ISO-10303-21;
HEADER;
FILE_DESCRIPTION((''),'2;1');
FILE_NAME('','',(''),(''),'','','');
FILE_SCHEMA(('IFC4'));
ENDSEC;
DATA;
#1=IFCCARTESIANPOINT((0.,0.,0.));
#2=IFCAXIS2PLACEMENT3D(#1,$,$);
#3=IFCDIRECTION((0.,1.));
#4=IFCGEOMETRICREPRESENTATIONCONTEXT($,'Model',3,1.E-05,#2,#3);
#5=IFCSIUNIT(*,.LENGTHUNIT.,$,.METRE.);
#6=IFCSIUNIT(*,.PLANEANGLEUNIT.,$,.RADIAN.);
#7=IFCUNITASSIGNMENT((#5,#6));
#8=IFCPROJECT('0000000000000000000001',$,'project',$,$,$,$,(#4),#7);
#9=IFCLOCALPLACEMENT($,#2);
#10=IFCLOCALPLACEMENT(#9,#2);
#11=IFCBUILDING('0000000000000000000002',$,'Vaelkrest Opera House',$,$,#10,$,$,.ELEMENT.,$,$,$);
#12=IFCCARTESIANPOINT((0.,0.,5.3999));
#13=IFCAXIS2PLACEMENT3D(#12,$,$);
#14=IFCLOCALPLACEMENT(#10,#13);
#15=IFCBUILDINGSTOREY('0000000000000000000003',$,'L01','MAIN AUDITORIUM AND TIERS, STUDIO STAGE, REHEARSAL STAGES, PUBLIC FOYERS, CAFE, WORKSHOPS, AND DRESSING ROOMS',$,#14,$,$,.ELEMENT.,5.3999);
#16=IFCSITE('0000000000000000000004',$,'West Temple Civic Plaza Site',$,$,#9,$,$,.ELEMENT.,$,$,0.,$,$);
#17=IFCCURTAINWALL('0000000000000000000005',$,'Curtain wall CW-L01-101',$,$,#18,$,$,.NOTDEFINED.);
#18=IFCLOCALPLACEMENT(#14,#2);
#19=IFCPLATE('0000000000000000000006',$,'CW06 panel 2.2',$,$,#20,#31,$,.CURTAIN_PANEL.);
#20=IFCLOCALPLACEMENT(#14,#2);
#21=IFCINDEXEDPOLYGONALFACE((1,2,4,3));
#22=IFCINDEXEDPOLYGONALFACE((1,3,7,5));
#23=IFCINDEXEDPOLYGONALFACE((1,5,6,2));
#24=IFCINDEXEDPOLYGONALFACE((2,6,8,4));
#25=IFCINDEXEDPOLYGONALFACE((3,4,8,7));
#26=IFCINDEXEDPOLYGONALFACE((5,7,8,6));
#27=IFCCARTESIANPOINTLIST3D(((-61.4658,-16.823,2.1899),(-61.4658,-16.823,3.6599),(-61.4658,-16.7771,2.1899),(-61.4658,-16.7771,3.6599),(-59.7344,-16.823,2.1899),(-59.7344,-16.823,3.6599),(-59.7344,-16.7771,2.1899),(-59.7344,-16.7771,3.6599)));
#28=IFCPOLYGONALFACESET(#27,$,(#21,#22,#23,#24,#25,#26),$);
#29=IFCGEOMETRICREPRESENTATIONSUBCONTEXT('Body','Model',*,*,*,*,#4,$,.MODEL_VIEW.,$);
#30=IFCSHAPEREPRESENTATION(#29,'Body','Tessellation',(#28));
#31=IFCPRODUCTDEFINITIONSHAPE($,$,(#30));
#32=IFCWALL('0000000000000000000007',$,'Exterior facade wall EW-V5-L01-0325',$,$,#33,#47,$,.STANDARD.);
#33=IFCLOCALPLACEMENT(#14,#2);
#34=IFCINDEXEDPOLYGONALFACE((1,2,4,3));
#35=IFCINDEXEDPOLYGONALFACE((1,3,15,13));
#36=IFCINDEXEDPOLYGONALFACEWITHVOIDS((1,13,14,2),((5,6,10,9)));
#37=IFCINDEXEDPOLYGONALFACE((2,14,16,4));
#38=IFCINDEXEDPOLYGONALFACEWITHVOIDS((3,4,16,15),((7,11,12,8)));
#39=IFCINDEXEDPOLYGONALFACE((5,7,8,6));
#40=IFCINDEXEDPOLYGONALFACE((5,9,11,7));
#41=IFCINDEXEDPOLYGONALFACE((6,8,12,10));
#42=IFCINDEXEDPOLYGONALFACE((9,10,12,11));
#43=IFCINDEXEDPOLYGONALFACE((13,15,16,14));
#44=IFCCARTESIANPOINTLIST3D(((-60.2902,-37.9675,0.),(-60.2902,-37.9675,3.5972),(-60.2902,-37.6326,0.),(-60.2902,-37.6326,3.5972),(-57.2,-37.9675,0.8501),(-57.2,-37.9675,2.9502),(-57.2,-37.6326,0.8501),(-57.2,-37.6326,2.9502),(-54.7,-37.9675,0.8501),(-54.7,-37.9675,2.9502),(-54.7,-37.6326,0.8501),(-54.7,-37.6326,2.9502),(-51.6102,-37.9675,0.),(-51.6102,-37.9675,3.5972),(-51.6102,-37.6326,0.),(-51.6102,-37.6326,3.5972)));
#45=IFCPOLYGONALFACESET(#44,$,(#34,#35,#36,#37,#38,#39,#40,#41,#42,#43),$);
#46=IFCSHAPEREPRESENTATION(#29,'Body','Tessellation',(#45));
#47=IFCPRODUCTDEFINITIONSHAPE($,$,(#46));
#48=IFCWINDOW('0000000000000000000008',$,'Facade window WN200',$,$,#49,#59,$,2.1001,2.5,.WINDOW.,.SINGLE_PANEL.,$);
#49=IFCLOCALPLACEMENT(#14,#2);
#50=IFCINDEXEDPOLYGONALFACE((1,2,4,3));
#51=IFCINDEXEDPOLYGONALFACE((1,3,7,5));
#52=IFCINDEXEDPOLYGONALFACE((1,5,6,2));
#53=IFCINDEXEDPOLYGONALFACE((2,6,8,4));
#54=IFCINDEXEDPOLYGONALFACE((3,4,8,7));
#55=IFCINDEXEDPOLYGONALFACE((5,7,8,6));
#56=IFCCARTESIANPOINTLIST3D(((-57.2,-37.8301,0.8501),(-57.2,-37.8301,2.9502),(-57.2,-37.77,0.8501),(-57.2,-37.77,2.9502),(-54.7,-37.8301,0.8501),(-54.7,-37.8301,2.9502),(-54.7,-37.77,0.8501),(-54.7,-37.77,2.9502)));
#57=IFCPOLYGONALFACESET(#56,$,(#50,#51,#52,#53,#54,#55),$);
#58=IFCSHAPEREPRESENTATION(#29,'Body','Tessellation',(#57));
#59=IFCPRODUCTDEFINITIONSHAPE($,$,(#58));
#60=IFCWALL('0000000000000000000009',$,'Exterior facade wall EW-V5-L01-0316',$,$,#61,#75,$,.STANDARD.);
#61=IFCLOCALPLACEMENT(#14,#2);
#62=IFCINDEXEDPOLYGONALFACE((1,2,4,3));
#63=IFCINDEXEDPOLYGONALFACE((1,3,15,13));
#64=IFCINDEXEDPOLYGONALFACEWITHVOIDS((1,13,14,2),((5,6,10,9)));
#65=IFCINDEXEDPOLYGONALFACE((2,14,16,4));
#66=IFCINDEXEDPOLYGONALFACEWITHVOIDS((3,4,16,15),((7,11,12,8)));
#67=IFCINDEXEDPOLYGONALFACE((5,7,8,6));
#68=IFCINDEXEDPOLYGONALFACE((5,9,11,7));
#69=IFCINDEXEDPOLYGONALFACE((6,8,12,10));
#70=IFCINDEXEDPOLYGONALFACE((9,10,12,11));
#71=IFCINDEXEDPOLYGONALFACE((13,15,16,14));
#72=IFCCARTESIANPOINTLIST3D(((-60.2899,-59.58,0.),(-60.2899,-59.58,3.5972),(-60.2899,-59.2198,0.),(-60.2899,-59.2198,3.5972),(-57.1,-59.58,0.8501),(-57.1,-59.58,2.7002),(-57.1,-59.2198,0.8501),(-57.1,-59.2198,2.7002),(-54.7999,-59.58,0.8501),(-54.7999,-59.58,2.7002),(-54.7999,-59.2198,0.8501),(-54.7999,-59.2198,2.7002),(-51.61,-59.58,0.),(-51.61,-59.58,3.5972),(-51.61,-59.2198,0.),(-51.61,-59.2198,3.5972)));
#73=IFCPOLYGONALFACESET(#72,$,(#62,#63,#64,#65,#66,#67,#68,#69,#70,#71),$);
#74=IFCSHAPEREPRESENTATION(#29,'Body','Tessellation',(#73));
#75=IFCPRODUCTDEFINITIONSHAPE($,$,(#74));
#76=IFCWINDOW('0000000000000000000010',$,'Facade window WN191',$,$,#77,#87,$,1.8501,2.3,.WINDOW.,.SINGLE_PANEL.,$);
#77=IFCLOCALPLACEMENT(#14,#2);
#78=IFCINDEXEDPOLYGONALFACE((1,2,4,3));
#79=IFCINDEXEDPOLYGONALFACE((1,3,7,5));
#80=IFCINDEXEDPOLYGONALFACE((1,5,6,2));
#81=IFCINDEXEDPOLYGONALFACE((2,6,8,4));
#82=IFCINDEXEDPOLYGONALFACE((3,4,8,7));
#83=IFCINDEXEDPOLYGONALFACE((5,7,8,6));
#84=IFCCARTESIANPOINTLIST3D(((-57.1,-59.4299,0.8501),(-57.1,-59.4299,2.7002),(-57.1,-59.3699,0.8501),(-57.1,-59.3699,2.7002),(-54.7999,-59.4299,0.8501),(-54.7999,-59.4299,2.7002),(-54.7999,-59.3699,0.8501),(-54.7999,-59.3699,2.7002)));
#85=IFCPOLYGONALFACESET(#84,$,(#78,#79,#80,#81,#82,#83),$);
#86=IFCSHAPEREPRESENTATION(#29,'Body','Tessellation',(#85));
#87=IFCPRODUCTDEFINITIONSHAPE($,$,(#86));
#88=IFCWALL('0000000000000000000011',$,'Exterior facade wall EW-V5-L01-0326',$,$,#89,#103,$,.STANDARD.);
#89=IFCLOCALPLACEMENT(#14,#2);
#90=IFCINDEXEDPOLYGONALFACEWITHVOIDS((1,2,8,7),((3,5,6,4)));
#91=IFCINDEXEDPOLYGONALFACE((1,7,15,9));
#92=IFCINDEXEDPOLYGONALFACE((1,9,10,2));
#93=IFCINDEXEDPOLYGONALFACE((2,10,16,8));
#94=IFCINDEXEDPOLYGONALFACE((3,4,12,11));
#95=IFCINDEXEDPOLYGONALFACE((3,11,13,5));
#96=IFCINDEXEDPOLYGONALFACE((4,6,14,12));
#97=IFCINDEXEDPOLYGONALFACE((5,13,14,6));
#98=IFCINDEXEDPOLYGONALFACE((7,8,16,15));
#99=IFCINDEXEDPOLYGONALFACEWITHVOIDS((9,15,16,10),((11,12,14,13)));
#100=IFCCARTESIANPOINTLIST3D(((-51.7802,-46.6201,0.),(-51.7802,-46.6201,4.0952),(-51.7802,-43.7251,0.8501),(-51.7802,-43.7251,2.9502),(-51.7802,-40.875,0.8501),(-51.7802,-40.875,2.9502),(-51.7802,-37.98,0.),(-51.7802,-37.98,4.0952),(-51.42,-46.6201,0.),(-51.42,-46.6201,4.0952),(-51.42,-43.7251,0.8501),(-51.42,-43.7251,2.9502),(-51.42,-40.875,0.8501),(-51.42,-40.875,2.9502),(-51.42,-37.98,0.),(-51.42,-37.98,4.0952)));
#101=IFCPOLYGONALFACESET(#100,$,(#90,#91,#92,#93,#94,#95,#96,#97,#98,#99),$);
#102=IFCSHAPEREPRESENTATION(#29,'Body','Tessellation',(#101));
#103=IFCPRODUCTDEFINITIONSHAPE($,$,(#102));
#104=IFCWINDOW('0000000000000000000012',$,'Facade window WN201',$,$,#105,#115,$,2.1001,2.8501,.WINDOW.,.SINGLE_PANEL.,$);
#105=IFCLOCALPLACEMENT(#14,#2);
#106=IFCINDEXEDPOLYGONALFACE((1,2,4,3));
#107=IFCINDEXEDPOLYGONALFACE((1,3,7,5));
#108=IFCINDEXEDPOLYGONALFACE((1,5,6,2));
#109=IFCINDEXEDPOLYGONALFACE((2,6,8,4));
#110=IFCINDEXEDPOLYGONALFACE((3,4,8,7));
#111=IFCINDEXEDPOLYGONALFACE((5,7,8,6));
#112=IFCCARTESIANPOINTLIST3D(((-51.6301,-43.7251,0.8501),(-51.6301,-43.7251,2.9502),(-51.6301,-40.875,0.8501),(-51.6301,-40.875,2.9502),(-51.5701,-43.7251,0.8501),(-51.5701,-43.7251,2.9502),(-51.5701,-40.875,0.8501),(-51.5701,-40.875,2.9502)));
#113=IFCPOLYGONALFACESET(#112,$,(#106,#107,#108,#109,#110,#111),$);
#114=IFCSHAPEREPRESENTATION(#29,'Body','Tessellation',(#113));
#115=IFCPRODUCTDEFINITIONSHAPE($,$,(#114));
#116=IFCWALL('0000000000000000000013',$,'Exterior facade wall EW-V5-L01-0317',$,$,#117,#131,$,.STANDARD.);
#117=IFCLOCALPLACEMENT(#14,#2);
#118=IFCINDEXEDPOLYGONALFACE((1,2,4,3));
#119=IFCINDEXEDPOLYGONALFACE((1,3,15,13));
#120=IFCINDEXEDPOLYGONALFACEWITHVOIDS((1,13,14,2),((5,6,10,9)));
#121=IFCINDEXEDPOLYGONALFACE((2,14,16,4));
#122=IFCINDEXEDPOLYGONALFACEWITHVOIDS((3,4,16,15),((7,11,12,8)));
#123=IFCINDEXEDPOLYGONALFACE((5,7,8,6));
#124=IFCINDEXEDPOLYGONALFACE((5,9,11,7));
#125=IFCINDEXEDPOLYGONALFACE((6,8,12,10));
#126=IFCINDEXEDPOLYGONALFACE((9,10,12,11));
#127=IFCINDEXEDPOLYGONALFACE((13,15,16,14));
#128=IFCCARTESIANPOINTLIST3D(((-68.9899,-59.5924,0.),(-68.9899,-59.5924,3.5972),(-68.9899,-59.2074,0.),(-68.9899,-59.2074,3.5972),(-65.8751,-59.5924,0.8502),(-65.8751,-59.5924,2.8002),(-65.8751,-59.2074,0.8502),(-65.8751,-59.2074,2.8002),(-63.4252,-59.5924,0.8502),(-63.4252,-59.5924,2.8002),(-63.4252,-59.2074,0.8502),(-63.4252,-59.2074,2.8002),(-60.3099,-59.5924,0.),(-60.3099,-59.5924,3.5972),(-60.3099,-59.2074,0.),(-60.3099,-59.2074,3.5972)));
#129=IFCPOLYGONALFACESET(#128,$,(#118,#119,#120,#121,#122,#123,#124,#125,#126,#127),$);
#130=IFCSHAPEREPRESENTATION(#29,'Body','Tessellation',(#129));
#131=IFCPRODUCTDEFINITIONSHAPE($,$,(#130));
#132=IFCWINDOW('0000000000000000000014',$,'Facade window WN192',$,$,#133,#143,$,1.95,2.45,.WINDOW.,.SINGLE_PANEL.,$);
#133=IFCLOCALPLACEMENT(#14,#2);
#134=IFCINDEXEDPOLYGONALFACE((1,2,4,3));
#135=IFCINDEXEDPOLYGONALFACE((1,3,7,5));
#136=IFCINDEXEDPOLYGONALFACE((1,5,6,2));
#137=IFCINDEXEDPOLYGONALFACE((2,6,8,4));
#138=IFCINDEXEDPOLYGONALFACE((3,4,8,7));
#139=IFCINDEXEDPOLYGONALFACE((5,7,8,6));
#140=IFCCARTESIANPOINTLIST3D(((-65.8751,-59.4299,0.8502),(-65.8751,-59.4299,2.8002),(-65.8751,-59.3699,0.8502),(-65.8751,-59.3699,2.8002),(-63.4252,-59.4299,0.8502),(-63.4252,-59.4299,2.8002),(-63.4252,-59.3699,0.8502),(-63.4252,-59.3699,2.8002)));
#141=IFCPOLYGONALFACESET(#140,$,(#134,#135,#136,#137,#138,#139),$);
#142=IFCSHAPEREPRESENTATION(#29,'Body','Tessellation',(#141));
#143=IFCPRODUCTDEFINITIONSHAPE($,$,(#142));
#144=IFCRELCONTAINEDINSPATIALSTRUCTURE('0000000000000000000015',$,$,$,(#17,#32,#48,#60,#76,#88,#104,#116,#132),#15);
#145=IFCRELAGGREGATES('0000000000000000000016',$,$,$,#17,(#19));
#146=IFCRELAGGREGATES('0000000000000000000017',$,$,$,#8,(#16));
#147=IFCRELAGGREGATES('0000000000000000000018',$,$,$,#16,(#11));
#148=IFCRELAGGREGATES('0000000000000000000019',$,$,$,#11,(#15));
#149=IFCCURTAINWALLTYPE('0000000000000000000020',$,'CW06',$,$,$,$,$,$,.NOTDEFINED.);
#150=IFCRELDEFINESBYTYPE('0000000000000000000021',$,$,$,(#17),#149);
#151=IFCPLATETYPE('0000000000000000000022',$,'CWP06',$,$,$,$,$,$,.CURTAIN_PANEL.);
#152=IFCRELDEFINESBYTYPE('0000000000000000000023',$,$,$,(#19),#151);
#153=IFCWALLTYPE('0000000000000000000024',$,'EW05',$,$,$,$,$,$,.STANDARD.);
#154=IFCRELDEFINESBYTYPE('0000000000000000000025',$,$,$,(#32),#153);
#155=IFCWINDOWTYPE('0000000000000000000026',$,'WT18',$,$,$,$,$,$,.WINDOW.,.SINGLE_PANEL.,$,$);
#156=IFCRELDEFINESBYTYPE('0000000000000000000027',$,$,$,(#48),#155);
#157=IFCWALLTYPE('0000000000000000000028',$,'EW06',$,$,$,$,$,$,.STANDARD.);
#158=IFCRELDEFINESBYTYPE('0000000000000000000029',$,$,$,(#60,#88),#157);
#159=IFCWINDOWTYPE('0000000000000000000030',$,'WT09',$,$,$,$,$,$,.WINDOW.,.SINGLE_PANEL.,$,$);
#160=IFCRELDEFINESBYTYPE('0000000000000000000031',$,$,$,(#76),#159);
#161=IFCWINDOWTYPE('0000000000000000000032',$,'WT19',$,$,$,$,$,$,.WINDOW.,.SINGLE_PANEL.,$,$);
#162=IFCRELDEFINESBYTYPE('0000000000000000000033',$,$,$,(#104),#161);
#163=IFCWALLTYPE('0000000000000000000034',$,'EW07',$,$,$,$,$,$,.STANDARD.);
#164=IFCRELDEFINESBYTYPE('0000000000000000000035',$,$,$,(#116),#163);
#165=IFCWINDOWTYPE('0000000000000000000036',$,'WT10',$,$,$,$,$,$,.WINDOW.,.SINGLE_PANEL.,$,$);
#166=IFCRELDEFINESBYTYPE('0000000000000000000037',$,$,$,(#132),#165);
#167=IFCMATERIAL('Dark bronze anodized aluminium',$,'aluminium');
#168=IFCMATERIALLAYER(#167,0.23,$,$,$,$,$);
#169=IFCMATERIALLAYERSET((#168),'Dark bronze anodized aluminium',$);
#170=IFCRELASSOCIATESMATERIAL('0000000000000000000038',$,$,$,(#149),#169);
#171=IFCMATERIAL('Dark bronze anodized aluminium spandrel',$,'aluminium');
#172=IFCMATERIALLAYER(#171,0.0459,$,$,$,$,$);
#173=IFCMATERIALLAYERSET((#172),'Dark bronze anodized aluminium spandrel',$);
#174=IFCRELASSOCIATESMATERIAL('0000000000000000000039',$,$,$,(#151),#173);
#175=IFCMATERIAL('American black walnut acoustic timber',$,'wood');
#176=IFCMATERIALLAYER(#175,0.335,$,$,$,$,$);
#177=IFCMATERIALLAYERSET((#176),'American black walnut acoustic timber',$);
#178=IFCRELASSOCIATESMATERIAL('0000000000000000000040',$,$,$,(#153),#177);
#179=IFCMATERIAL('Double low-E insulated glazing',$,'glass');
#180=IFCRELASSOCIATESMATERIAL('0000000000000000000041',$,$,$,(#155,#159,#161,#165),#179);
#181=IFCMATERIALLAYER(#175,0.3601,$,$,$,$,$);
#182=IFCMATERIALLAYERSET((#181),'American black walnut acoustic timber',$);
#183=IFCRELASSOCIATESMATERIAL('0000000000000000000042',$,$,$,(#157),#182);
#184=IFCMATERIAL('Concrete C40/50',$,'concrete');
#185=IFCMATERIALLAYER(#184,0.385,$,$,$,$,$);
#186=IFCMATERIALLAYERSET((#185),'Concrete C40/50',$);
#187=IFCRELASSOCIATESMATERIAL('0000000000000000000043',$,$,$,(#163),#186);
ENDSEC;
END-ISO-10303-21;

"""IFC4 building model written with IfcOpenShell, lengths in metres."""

from ifc_helpers import new_model, si_unit, direction, frame, frame_2d, origin, origin_2d, place, context, subcontext, project, spatial, rectangle, extrude, material, layer, layer_set, type_object, element, fill, aggregate, save


model = new_model("IFC4")

# Units and contexts
model_context = context("Model", 3, precision=1e-05, world=origin(), true_north=direction((0.0, 1.0)))
body_context = subcontext(model_context, "Body", "Model", "MODEL_VIEW")
ifc_project = project(units=[si_unit("LENGTHUNIT", "METRE"), si_unit("PLANEANGLEUNIT", "RADIAN")], contexts=[model_context])

# Site, building, storey
site_placement = place(None, origin())
site = spatial("IfcSite", under=ifc_project, at=site_placement, Name="West Temple Civic Plaza Site", CompositionType="ELEMENT", RefElevation=0.0)
building_placement = place(site_placement, origin())
building = spatial("IfcBuilding", under=site, at=building_placement, Name="Vaelkrest Opera House", CompositionType="ELEMENT")
storey_placement = place(building_placement, frame((0.0, 0.0, 5.3999)))
storey = spatial("IfcBuildingStorey", under=building, at=storey_placement, Name="L01", Description="MAIN AUDITORIUM AND TIERS, STUDIO STAGE, REHEARSAL STAGES, PUBLIC FOYERS, CAFE, WORKSHOPS, AND DRESSING ROOMS", CompositionType="ELEMENT", Elevation=5.3999)

# Curtain wall
ifc_material_1 = material(Name="Dark bronze anodized aluminium", Category="aluminium")
ifc_layer_1 = layer(ifc_material_1, 0.23)
ifc_layer_set_1 = layer_set([ifc_layer_1], Name="Dark bronze anodized aluminium")
curtain_wall_type = type_object("IfcCurtainWallType", Name="CW06", PredefinedType="NOTDEFINED", material=ifc_layer_set_1)
curtain_wall_placement = place(storey_placement, origin())
curtain_wall = element("IfcCurtainWall", 1, at=curtain_wall_placement, inside=storey, type_object=curtain_wall_type, Name="Curtain wall CW-L01-101", PredefinedType="NOTDEFINED")

# Plate
ifc_material_2 = material(Name="Dark bronze anodized aluminium spandrel", Category="aluminium")
ifc_layer_2 = layer(ifc_material_2, 0.0459)
ifc_layer_set_2 = layer_set([ifc_layer_2], Name="Dark bronze anodized aluminium spandrel")
plate_type = type_object("IfcPlateType", Name="CWP06", PredefinedType="CURTAIN_PANEL", material=ifc_layer_set_2)
plate_1_placement = place(storey_placement, frame((-60.6001, -16.8, 2.1899), z_axis=(0.0, 0.0, 1.0), x_axis=(-1.0, 0.0, 0.0)))
plate_1 = element("IfcPlate", 2, at=plate_1_placement, type_object=plate_type, Name="CW06 panel 2.2", PredefinedType="CURTAIN_PANEL", context=body_context, shape_type="SweptSolid", body=[
    extrude(rectangle(XDim=1.7314, YDim=0.0459, at=origin_2d()), origin(), (0.0, 0.0, 1.0), 1.47),
])
aggregate(curtain_wall, [plate_1])

# Walls, openings, windows
ifc_material_3 = material(Name="American black walnut acoustic timber", Category="wood")
ifc_layer_3 = layer(ifc_material_3, 0.335)
ifc_layer_set_3 = layer_set([ifc_layer_3], Name="American black walnut acoustic timber")
wall_type_1 = type_object("IfcWallType", Name="EW05", PredefinedType="STANDARD", material=ifc_layer_set_3)
wall_1_placement = place(storey_placement, frame((-60.29, -37.8, 0.0), z_axis=(0.0, 0.0, 1.0), x_axis=(1.0, 0.0, 0.0)))
wall_1 = element("IfcWall", 3, at=wall_1_placement, inside=storey, type_object=wall_type_1, Name="Exterior facade wall EW-V5-L01-0325", PredefinedType="STANDARD", context=body_context, shape_type="SweptSolid", body=[
    extrude(rectangle(XDim=8.6799, YDim=0.335, at=frame_2d((4.3398, 0.0))), origin(), (0.0, 0.0, 1.0), 3.5972),
])
opening_1_placement = place(wall_1_placement, frame((3.0901, 0.0, 0.8501)))
opening_1 = element("IfcOpeningElement", 4, at=opening_1_placement, cuts=wall_1, PredefinedType="OPENING", context=body_context, shape_type="SweptSolid", body=[
    extrude(rectangle(XDim=2.5, YDim=2.1001, at=frame_2d((1.25, 1.05))), frame((0.0, 0.1775, 0.0), z_axis=(0.0, -1.0, 0.0), x_axis=(1.0, 0.0, 0.0)), (0.0, 0.0, 1.0), 0.355),
])
ifc_material_4 = material(Name="Double low-E insulated glazing", Category="glass")
window_type_1 = type_object("IfcWindowType", Name="WT18", PartitioningType="SINGLE_PANEL", PredefinedType="WINDOW", material=ifc_material_4)
window_1_placement = place(opening_1_placement, origin())
window_1 = element("IfcWindow", 5, at=window_1_placement, inside=storey, type_object=window_type_1, Name="Facade window WN200", OverallHeight=2.1001, OverallWidth=2.5, PartitioningType="SINGLE_PANEL", PredefinedType="WINDOW", context=body_context, shape_type="SweptSolid", body=[
    extrude(rectangle(XDim=2.5, YDim=2.1001, at=frame_2d((1.25, 1.05))), frame((0.0, 0.03, 0.0), z_axis=(0.0, -1.0, 0.0), x_axis=(1.0, 0.0, 0.0)), (0.0, 0.0, 1.0), 0.0601),
])
fill(opening_1, window_1)
ifc_layer_4 = layer(ifc_material_3, 0.3601)
ifc_layer_set_4 = layer_set([ifc_layer_4], Name="American black walnut acoustic timber")
wall_type_2 = type_object("IfcWallType", Name="EW06", PredefinedType="STANDARD", material=ifc_layer_set_4)
wall_2_placement = place(storey_placement, frame((-51.6101, -59.3999, 0.0), z_axis=(0.0, 0.0, 1.0), x_axis=(-1.0, 0.0, 0.0)))
wall_2 = element("IfcWall", 6, at=wall_2_placement, inside=storey, type_object=wall_type_2, Name="Exterior facade wall EW-V5-L01-0316", PredefinedType="STANDARD", context=body_context, shape_type="SweptSolid", body=[
    extrude(rectangle(XDim=8.6799, YDim=0.3601, at=frame_2d((4.3398, 0.0))), origin(), (0.0, 0.0, 1.0), 3.5972),
])
opening_2_placement = place(wall_2_placement, frame((3.1899, 0.0, 0.8501)))
opening_2 = element("IfcOpeningElement", 7, at=opening_2_placement, cuts=wall_2, PredefinedType="OPENING", context=body_context, shape_type="SweptSolid", body=[
    extrude(rectangle(XDim=2.3, YDim=1.8501, at=frame_2d((1.1499, 0.925))), frame((0.0, 0.1899, 0.0), z_axis=(0.0, -1.0, 0.0), x_axis=(1.0, 0.0, 0.0)), (0.0, 0.0, 1.0), 0.3801),
])
window_type_2 = type_object("IfcWindowType", Name="WT09", PartitioningType="SINGLE_PANEL", PredefinedType="WINDOW", material=ifc_material_4)
window_2_placement = place(opening_2_placement, origin())
window_2 = element("IfcWindow", 8, at=window_2_placement, inside=storey, type_object=window_type_2, Name="Facade window WN191", OverallHeight=1.8501, OverallWidth=2.3, PartitioningType="SINGLE_PANEL", PredefinedType="WINDOW", context=body_context, shape_type="SweptSolid", body=[
    extrude(rectangle(XDim=2.3, YDim=1.8501, at=frame_2d((1.1499, 0.925))), frame((0.0, 0.03, 0.0), z_axis=(0.0, -1.0, 0.0), x_axis=(1.0, 0.0, 0.0)), (0.0, 0.0, 1.0), 0.0601),
])
fill(opening_2, window_2)
wall_3_placement = place(storey_placement, frame((-51.6001, -37.98, 0.0), z_axis=(0.0, 0.0, 1.0), x_axis=(0.0, -1.0, 0.0)))
wall_3 = element("IfcWall", 9, at=wall_3_placement, inside=storey, type_object=wall_type_2, Name="Exterior facade wall EW-V5-L01-0326", PredefinedType="STANDARD", context=body_context, shape_type="SweptSolid", body=[
    extrude(rectangle(XDim=8.6401, YDim=0.3601, at=frame_2d((4.3201, 0.0))), origin(), (0.0, 0.0, 1.0), 4.0952),
])
opening_3_placement = place(wall_3_placement, frame((2.895, 0.0, 0.8501)))
opening_3 = element("IfcOpeningElement", 10, at=opening_3_placement, cuts=wall_3, PredefinedType="OPENING", context=body_context, shape_type="SweptSolid", body=[
    extrude(rectangle(XDim=2.8501, YDim=2.1001, at=frame_2d((1.425, 1.05))), frame((0.0, 0.1899, 0.0), z_axis=(0.0, -1.0, 0.0), x_axis=(1.0, 0.0, 0.0)), (0.0, 0.0, 1.0), 0.3801),
])
window_type_3 = type_object("IfcWindowType", Name="WT19", PartitioningType="SINGLE_PANEL", PredefinedType="WINDOW", material=ifc_material_4)
window_3_placement = place(opening_3_placement, origin())
window_3 = element("IfcWindow", 11, at=window_3_placement, inside=storey, type_object=window_type_3, Name="Facade window WN201", OverallHeight=2.1001, OverallWidth=2.8501, PartitioningType="SINGLE_PANEL", PredefinedType="WINDOW", context=body_context, shape_type="SweptSolid", body=[
    extrude(rectangle(XDim=2.8501, YDim=2.1001, at=frame_2d((1.425, 1.05))), frame((0.0, 0.03, 0.0), z_axis=(0.0, -1.0, 0.0), x_axis=(1.0, 0.0, 0.0)), (0.0, 0.0, 1.0), 0.0601),
])
fill(opening_3, window_3)
ifc_material_5 = material(Name="Concrete C40/50", Category="concrete")
ifc_layer_5 = layer(ifc_material_5, 0.385)
ifc_layer_set_5 = layer_set([ifc_layer_5], Name="Concrete C40/50")
wall_type_3 = type_object("IfcWallType", Name="EW07", PredefinedType="STANDARD", material=ifc_layer_set_5)
wall_4_placement = place(storey_placement, frame((-60.3101, -59.3999, 0.0), z_axis=(0.0, 0.0, 1.0), x_axis=(-1.0, 0.0, 0.0)))
wall_4 = element("IfcWall", 12, at=wall_4_placement, inside=storey, type_object=wall_type_3, Name="Exterior facade wall EW-V5-L01-0317", PredefinedType="STANDARD", context=body_context, shape_type="SweptSolid", body=[
    extrude(rectangle(XDim=8.6799, YDim=0.385, at=frame_2d((4.3398, 0.0))), origin(), (0.0, 0.0, 1.0), 3.5972),
])
opening_4_placement = place(wall_4_placement, frame((3.115, 0.0, 0.8501)))
opening_4 = element("IfcOpeningElement", 13, at=opening_4_placement, cuts=wall_4, PredefinedType="OPENING", context=body_context, shape_type="SweptSolid", body=[
    extrude(rectangle(XDim=2.45, YDim=1.95, at=frame_2d((1.2251, 0.9751))), frame((0.0, 0.2024, 0.0), z_axis=(0.0, -1.0, 0.0), x_axis=(1.0, 0.0, 0.0)), (0.0, 0.0, 1.0), 0.405),
])
window_type_4 = type_object("IfcWindowType", Name="WT10", PartitioningType="SINGLE_PANEL", PredefinedType="WINDOW", material=ifc_material_4)
window_4_placement = place(opening_4_placement, origin())
window_4 = element("IfcWindow", 14, at=window_4_placement, inside=storey, type_object=window_type_4, Name="Facade window WN192", OverallHeight=1.95, OverallWidth=2.45, PartitioningType="SINGLE_PANEL", PredefinedType="WINDOW", context=body_context, shape_type="SweptSolid", body=[
    extrude(rectangle(XDim=2.45, YDim=1.95, at=frame_2d((1.2251, 0.9751))), frame((0.0, 0.03, 0.0), z_axis=(0.0, -1.0, 0.0), x_axis=(1.0, 0.0, 0.0)), (0.0, 0.0, 1.0), 0.0601),
])
fill(opening_4, window_4)

save(model, "model.ifc")
